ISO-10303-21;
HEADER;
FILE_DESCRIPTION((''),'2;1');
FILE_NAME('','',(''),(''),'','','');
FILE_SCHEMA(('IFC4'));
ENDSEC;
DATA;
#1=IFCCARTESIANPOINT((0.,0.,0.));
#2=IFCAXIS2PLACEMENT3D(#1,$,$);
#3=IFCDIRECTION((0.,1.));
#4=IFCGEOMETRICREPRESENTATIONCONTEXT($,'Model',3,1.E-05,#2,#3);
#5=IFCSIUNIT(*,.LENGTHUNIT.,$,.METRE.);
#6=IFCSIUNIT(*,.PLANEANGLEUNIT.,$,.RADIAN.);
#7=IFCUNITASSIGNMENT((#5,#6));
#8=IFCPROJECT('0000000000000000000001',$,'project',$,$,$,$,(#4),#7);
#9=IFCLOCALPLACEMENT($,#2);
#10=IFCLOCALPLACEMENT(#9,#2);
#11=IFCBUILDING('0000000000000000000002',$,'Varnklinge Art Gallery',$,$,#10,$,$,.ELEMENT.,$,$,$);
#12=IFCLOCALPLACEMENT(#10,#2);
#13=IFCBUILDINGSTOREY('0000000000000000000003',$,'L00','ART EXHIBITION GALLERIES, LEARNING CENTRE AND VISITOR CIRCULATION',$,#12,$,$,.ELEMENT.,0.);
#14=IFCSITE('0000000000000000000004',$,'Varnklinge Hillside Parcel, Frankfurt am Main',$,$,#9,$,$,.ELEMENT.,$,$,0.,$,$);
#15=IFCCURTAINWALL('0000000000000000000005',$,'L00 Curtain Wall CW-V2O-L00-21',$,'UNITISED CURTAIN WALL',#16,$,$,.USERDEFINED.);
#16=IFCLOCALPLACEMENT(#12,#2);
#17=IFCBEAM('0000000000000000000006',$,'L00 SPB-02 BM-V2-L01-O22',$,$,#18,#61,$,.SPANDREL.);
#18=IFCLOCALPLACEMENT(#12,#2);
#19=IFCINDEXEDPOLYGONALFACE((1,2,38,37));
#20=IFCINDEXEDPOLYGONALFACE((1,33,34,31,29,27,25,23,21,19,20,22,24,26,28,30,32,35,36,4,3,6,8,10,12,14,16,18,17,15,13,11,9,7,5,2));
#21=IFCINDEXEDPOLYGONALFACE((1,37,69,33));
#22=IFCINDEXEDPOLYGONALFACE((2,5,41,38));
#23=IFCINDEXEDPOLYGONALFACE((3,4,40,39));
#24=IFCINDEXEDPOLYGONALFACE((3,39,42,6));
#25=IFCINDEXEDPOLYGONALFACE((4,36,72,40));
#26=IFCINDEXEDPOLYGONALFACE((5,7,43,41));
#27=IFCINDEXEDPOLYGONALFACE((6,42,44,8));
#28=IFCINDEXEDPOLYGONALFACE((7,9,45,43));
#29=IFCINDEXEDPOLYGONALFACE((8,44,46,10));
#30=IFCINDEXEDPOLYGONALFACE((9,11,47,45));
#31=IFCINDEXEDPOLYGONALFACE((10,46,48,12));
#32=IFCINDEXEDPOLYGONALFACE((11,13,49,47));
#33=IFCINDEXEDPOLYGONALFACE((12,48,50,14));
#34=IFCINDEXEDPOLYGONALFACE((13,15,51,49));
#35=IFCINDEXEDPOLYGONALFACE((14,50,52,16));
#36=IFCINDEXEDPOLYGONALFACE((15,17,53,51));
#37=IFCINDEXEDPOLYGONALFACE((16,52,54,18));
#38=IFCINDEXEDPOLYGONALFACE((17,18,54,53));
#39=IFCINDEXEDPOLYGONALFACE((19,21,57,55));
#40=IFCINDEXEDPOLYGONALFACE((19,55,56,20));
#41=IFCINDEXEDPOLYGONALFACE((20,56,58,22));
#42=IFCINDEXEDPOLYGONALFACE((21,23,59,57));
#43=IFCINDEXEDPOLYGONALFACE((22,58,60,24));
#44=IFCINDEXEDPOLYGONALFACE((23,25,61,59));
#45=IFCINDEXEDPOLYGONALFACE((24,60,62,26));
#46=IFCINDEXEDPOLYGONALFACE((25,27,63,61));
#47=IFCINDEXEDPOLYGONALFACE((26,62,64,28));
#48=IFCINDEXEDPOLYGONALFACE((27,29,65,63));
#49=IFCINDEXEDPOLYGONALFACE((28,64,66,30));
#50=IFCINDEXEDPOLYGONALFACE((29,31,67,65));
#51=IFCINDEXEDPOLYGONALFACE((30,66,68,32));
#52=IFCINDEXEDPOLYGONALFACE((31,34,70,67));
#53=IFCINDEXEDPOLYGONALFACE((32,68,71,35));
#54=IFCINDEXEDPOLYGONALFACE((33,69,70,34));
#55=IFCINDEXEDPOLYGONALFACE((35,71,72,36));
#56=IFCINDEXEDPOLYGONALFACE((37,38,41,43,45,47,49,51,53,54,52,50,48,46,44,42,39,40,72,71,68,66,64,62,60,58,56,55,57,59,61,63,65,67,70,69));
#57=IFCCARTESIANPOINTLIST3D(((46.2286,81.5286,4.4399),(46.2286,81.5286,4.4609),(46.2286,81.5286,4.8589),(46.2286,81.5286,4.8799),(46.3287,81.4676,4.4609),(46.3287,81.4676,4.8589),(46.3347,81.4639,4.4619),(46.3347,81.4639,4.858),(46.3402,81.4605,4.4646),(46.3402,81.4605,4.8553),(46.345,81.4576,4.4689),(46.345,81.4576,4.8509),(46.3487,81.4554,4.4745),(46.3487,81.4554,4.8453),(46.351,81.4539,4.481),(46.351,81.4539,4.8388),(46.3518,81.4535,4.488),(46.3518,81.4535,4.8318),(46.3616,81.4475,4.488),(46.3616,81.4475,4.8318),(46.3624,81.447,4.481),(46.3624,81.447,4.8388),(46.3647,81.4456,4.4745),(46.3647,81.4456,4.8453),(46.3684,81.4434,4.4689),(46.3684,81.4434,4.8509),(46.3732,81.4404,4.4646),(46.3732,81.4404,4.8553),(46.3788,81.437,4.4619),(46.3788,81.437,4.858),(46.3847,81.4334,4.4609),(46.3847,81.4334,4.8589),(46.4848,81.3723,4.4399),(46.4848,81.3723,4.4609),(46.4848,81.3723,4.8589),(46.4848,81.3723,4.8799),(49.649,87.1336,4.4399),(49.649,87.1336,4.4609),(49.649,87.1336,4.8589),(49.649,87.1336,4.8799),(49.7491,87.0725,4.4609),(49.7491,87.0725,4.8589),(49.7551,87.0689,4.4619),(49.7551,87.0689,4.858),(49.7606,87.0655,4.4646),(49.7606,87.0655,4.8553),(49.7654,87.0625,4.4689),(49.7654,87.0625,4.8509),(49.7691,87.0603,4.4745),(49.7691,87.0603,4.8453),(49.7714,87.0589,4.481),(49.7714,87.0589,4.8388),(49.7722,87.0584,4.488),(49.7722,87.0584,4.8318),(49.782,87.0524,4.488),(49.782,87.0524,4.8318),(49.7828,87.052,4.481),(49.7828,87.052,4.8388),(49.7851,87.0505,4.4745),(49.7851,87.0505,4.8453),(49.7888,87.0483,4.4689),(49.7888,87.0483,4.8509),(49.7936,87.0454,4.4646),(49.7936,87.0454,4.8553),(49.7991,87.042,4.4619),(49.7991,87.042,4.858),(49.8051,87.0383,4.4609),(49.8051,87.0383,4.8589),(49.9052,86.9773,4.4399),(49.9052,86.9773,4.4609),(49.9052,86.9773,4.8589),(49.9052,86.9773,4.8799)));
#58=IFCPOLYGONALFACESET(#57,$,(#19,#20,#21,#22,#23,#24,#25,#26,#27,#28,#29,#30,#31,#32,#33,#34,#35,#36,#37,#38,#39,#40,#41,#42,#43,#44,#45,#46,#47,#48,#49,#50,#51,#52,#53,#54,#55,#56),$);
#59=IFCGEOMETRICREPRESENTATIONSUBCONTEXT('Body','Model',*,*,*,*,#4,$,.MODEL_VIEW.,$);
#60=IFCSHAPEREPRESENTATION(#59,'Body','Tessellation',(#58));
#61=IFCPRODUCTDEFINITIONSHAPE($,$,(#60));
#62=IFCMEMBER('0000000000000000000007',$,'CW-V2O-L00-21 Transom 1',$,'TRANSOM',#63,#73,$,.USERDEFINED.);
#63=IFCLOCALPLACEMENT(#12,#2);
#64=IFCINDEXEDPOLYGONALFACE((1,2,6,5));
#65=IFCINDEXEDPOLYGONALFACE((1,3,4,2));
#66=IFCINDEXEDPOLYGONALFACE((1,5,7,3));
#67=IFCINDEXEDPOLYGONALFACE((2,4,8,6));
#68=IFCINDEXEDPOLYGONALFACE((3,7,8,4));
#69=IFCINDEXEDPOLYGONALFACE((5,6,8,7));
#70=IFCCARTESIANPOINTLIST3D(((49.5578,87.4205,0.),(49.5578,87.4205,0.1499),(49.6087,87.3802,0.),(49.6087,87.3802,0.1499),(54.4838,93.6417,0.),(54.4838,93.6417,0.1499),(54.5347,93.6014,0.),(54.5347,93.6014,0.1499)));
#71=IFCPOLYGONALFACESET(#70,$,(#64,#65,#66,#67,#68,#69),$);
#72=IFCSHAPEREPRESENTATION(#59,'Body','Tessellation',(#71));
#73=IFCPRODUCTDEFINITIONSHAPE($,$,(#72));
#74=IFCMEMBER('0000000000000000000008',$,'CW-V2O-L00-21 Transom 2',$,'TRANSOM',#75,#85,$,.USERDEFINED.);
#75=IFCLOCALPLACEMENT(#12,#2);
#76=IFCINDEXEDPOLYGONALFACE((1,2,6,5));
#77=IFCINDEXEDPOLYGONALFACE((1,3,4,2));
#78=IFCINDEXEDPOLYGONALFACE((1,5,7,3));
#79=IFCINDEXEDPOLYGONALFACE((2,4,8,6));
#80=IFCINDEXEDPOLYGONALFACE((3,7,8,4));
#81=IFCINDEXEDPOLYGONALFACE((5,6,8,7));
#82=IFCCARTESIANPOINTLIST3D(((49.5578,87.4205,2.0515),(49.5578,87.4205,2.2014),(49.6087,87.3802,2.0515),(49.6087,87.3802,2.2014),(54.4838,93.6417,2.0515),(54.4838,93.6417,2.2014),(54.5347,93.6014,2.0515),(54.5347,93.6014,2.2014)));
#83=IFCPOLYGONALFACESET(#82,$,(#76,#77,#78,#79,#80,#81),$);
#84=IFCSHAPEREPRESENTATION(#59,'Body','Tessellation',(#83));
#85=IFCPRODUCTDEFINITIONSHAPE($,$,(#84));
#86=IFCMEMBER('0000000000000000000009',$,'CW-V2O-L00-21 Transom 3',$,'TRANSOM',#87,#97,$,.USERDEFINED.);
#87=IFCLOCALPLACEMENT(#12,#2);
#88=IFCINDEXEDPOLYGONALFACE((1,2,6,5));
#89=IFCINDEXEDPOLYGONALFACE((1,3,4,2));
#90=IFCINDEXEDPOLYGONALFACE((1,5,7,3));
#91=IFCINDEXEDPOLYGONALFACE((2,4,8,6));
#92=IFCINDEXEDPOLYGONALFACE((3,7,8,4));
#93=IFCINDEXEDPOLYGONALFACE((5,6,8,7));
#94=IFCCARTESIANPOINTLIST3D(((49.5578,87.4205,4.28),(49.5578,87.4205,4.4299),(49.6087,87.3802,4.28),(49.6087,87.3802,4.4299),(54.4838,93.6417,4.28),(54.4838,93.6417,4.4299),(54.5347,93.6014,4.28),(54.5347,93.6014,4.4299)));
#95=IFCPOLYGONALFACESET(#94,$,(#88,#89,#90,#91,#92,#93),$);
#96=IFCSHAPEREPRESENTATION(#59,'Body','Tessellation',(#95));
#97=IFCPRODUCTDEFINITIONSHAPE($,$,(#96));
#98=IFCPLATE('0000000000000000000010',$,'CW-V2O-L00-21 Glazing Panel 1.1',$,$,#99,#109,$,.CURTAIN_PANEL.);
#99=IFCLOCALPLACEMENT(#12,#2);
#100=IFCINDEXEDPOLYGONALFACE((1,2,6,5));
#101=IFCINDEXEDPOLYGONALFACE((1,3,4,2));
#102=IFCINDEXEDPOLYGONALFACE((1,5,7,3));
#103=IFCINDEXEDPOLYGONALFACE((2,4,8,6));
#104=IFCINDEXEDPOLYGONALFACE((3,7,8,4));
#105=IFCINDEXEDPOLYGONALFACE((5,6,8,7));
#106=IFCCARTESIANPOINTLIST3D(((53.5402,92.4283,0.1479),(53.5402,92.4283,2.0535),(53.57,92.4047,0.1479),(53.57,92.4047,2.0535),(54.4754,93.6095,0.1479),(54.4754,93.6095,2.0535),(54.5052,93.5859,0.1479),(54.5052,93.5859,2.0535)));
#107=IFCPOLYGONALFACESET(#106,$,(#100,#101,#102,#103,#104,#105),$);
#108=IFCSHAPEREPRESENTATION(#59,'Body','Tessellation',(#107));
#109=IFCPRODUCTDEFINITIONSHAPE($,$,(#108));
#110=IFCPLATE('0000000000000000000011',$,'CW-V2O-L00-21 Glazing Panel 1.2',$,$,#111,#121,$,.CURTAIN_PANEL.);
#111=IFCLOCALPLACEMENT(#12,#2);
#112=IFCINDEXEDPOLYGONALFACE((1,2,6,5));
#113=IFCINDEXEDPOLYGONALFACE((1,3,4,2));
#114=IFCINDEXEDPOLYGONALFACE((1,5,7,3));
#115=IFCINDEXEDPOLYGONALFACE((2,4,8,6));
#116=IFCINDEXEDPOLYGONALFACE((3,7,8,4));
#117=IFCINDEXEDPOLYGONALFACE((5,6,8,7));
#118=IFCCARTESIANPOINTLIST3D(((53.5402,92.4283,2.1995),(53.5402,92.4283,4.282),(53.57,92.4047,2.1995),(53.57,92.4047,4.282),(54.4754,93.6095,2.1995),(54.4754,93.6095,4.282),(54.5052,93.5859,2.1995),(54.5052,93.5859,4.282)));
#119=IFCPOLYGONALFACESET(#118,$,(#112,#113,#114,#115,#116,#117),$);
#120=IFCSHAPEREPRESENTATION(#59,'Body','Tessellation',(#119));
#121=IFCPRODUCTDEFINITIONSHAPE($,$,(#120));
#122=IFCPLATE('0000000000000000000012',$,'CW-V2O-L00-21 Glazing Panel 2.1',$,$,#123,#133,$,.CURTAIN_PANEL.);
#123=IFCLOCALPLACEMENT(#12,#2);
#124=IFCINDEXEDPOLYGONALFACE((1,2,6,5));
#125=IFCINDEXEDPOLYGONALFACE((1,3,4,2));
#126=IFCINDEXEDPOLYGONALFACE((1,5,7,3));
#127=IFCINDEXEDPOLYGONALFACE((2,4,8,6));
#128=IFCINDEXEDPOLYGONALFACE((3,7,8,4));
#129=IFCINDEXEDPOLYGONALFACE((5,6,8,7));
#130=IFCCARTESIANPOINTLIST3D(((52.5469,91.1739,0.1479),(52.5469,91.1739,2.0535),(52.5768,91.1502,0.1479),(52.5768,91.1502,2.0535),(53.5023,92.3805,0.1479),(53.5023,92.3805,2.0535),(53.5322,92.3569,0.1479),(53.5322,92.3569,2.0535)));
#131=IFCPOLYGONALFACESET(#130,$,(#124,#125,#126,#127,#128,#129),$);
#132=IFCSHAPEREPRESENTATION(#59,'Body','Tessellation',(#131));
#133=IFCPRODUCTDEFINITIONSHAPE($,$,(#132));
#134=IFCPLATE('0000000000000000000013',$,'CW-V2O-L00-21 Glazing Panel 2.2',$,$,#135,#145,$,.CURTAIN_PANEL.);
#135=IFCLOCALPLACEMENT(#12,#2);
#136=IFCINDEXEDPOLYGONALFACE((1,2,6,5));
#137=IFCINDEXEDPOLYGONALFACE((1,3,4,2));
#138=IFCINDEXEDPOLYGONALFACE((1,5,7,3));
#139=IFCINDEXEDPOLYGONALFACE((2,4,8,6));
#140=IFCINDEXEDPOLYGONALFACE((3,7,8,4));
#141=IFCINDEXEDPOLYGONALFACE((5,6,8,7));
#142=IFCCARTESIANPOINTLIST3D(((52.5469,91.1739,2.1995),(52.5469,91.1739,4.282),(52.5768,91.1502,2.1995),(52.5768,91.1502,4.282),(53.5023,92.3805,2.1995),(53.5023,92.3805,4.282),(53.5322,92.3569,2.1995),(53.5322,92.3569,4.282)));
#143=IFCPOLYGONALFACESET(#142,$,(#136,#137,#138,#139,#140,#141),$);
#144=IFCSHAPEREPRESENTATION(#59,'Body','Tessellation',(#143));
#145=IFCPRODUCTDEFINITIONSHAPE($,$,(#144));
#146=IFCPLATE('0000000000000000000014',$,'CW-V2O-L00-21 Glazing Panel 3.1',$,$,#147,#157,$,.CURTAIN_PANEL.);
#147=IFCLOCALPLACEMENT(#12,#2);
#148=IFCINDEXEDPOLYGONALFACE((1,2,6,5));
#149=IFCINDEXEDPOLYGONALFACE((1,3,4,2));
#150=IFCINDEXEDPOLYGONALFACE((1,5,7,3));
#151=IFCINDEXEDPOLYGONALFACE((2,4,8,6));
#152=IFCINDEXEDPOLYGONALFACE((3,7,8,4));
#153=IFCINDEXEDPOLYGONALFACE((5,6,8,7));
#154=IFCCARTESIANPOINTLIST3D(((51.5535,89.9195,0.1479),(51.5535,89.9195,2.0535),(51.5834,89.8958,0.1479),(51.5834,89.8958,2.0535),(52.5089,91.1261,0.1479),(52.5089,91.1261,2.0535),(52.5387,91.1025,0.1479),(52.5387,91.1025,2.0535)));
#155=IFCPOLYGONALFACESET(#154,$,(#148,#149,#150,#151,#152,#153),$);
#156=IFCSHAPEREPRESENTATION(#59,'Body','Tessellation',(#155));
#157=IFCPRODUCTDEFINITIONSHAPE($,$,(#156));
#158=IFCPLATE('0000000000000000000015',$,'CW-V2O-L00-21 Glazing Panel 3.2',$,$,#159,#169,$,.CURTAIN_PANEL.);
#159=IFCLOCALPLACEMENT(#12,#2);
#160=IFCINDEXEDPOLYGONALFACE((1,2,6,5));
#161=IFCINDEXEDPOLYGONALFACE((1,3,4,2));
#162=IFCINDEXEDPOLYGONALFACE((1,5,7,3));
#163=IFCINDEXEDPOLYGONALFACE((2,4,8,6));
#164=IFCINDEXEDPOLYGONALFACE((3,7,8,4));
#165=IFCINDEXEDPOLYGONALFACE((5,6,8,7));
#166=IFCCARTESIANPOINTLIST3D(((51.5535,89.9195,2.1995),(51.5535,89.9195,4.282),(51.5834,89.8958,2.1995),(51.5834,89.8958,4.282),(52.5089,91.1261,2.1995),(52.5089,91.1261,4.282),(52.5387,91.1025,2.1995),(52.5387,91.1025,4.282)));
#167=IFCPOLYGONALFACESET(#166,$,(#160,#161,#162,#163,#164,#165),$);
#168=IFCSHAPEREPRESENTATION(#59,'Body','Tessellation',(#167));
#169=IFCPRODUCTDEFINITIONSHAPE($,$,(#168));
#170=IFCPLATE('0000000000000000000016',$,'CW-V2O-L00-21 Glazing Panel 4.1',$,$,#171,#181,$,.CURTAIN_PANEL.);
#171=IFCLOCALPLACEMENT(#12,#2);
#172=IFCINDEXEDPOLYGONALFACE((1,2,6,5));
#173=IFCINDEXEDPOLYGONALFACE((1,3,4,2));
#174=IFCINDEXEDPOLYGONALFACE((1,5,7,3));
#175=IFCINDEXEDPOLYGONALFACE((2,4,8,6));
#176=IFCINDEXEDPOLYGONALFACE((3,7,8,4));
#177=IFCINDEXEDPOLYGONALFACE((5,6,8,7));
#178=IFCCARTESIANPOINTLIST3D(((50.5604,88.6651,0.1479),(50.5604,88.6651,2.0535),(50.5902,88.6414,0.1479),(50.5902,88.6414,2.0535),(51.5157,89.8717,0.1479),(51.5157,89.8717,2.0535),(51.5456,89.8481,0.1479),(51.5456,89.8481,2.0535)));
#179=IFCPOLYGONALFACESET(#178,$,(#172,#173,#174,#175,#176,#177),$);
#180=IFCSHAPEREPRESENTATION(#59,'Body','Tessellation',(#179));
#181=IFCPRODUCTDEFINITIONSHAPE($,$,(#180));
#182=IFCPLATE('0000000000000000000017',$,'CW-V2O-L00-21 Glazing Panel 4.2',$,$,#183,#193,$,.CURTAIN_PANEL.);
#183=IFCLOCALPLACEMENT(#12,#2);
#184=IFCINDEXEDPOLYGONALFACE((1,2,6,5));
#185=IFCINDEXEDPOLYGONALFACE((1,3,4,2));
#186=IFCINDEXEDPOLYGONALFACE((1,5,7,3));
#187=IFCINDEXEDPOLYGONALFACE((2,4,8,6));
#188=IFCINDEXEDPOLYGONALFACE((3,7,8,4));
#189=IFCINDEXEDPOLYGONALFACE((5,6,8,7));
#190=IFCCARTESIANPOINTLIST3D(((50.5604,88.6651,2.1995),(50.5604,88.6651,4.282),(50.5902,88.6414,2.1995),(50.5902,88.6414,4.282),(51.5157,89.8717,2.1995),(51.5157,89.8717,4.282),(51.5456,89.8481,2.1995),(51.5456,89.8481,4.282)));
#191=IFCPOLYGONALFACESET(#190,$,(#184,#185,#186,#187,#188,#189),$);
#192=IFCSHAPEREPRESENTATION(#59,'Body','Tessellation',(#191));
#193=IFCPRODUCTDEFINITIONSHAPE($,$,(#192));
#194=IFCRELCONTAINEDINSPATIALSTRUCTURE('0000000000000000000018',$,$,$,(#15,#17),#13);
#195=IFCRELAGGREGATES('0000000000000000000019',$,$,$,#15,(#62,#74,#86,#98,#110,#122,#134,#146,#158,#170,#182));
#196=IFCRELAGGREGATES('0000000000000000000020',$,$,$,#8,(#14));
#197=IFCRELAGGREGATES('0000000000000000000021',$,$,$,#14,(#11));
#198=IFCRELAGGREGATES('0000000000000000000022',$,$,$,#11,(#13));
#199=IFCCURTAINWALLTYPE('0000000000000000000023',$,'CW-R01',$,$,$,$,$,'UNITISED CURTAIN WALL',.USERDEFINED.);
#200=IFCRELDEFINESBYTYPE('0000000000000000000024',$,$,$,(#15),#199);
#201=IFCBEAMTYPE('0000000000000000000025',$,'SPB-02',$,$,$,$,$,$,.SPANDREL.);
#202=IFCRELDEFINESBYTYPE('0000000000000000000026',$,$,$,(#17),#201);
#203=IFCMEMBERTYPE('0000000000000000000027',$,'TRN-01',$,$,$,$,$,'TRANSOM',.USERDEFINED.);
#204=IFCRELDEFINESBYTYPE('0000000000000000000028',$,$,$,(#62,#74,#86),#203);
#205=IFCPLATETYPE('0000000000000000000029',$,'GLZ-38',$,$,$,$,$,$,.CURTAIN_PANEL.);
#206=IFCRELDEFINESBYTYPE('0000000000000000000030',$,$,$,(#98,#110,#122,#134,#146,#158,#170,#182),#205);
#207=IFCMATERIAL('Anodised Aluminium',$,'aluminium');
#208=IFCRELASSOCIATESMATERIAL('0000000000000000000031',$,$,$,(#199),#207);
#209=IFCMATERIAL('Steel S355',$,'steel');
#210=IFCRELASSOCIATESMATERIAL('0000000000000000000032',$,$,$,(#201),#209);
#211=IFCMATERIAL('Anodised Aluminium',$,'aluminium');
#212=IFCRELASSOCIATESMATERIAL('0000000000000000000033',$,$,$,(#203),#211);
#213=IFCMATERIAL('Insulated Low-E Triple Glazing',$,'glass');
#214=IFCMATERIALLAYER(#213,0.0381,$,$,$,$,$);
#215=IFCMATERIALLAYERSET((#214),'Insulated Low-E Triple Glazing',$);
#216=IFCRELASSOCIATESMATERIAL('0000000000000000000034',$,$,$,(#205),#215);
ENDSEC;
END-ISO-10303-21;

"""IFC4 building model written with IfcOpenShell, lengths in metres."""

from ifc_helpers import new_model, si_unit, direction, frame, origin, origin_2d, place, context, subcontext, project, spatial, rectangle, i_section, extrude, material, layer, layer_set, material_profile, profile_set, type_object, element, aggregate, save


model = new_model("IFC4")

# Units and contexts
model_context = context("Model", 3, precision=1e-05, world=origin(), true_north=direction((0.0, 1.0)))
body_context = subcontext(model_context, "Body", "Model", "MODEL_VIEW")
ifc_project = project(units=[si_unit("LENGTHUNIT", "METRE"), si_unit("PLANEANGLEUNIT", "RADIAN")], contexts=[model_context])

# Site, building, storey
site_placement = place(None, origin())
site = spatial("IfcSite", under=ifc_project, at=site_placement, Name="Varnklinge Hillside Parcel, Frankfurt am Main", CompositionType="ELEMENT", RefElevation=0.0)
building_placement = place(site_placement, origin())
building = spatial("IfcBuilding", under=site, at=building_placement, Name="Varnklinge Art Gallery", CompositionType="ELEMENT")
storey_placement = place(building_placement, origin())
storey = spatial("IfcBuildingStorey", under=building, at=storey_placement, Name="L00", Description="ART EXHIBITION GALLERIES, LEARNING CENTRE AND VISITOR CIRCULATION", CompositionType="ELEMENT", Elevation=0.0)

# Curtain wall
ifc_material_1 = material(Name="Anodised Aluminium", Category="aluminium")
curtain_wall_type = type_object("IfcCurtainWallType", Name="CW-R01", ElementType="UNITISED CURTAIN WALL", PredefinedType="USERDEFINED", material=ifc_material_1)
curtain_wall_placement = place(storey_placement, origin())
curtain_wall = element("IfcCurtainWall", 1, at=curtain_wall_placement, inside=storey, type_object=curtain_wall_type, Name="L00 Curtain Wall CW-V2O-L00-21", ObjectType="UNITISED CURTAIN WALL", PredefinedType="USERDEFINED")

# Beam
ifc_material_2 = material(Name="Steel S355", Category="steel")
ifc_material_profile_1 = material_profile(ifc_material_2, i_section(OverallWidth=0.3, OverallDepth=0.4399, WebThickness=0.0115, FlangeThickness=0.021, FilletRadius=0.0271, at=origin_2d()), Name="HEA 450")
ifc_profile_set_1 = profile_set([ifc_material_profile_1], Name="Steel S355")
beam_type_1 = type_object("IfcBeamType", Name="SPB-02", PredefinedType="SPANDREL", material=ifc_profile_set_1)
beam_1_placement = place(storey_placement, frame((49.7771, 87.0554, 4.6599), z_axis=(-0.520911, -0.853611, 0.0), x_axis=(0.853611, -0.520911, 0.0)))
element("IfcBeam", 2, at=beam_1_placement, inside=storey, type_object=beam_type_1, Name="L00 SPB-02 BM-V2-L01-O22", PredefinedType="SPANDREL", context=body_context, shape_type="SweptSolid", body=[
    extrude(i_section(OverallWidth=0.3, OverallDepth=0.4399, WebThickness=0.0115, FlangeThickness=0.021, FilletRadius=0.0271, at=origin_2d()), origin(), (0.0, 0.0, 1.0), 6.5662),
])

# Members
ifc_material_3 = material(Name="Anodised Aluminium", Category="aluminium")
ifc_material_profile_2 = material_profile(ifc_material_3, rectangle(XDim=0.0649, YDim=0.1499, at=origin_2d()), Name="ALU 65x150")
ifc_profile_set_2 = profile_set([ifc_material_profile_2], Name="Anodised Aluminium")
member_type_1 = type_object("IfcMemberType", Name="TRN-01", ElementType="TRANSOM", PredefinedType="USERDEFINED", material=ifc_profile_set_2)
member_1_placement = place(storey_placement, frame((54.5093, 93.6216, 0.075), z_axis=(-0.620774, -0.78399, 0.0), x_axis=(0.78399, -0.620774, 0.0)))
member_1 = element("IfcMember", 3, at=member_1_placement, type_object=member_type_1, Name="CW-V2O-L00-21 Transom 1", ObjectType="TRANSOM", PredefinedType="USERDEFINED", context=body_context, shape_type="SweptSolid", body=[
    extrude(rectangle(XDim=0.0649, YDim=0.1499, at=origin_2d()), origin(), (0.0, 0.0, 1.0), 7.9353),
])
member_2_placement = place(storey_placement, frame((54.5093, 93.6216, 2.1265), z_axis=(-0.620774, -0.78399, 0.0), x_axis=(0.78399, -0.620774, 0.0)))
member_2 = element("IfcMember", 4, at=member_2_placement, type_object=member_type_1, Name="CW-V2O-L00-21 Transom 2", ObjectType="TRANSOM", PredefinedType="USERDEFINED", context=body_context, shape_type="SweptSolid", body=[
    extrude(rectangle(XDim=0.0649, YDim=0.1499, at=origin_2d()), origin(), (0.0, 0.0, 1.0), 7.9353),
])
member_3_placement = place(storey_placement, frame((54.5093, 93.6216, 4.355), z_axis=(-0.620774, -0.78399, 0.0), x_axis=(0.78399, -0.620774, 0.0)))
member_3 = element("IfcMember", 5, at=member_3_placement, type_object=member_type_1, Name="CW-V2O-L00-21 Transom 3", ObjectType="TRANSOM", PredefinedType="USERDEFINED", context=body_context, shape_type="SweptSolid", body=[
    extrude(rectangle(XDim=0.0649, YDim=0.1499, at=origin_2d()), origin(), (0.0, 0.0, 1.0), 7.9353),
])

# Plates
ifc_material_4 = material(Name="Insulated Low-E Triple Glazing", Category="glass")
ifc_layer = layer(ifc_material_4, 0.0381)
ifc_layer_set = layer_set([ifc_layer], Name="Insulated Low-E Triple Glazing")
plate_type = type_object("IfcPlateType", Name="GLZ-38", PredefinedType="CURTAIN_PANEL", material=ifc_layer_set)
plate_1_placement = place(storey_placement, frame((54.0227, 93.0071, 0.1479), z_axis=(0.0, 0.0, 1.0), x_axis=(-0.620737, -0.784019, 0.0)))
plate_1 = element("IfcPlate", 6, at=plate_1_placement, type_object=plate_type, Name="CW-V2O-L00-21 Glazing Panel 1.1", PredefinedType="CURTAIN_PANEL", context=body_context, shape_type="SweptSolid", body=[
    extrude(rectangle(XDim=1.5066, YDim=0.0381, at=origin_2d()), origin(), (0.0, 0.0, 1.0), 1.9055),
])
plate_2_placement = place(storey_placement, frame((54.0227, 93.0071, 2.1995), z_axis=(0.0, 0.0, 1.0), x_axis=(-0.620737, -0.784019, 0.0)))
plate_2 = element("IfcPlate", 7, at=plate_2_placement, type_object=plate_type, Name="CW-V2O-L00-21 Glazing Panel 1.2", PredefinedType="CURTAIN_PANEL", context=body_context, shape_type="SweptSolid", body=[
    extrude(rectangle(XDim=1.5066, YDim=0.0381, at=origin_2d()), origin(), (0.0, 0.0, 1.0), 2.0825),
])
plate_3_placement = place(storey_placement, frame((53.0396, 91.7654, 0.1479), z_axis=(0.0, 0.0, 1.0), x_axis=(-0.620737, -0.784019, 0.0)))
plate_3 = element("IfcPlate", 8, at=plate_3_placement, type_object=plate_type, Name="CW-V2O-L00-21 Glazing Panel 2.1", PredefinedType="CURTAIN_PANEL", context=body_context, shape_type="SweptSolid", body=[
    extrude(rectangle(XDim=1.5391, YDim=0.0381, at=origin_2d()), origin(), (0.0, 0.0, 1.0), 1.9055),
])
plate_4_placement = place(storey_placement, frame((53.0396, 91.7654, 2.1995), z_axis=(0.0, 0.0, 1.0), x_axis=(-0.620737, -0.784019, 0.0)))
plate_4 = element("IfcPlate", 9, at=plate_4_placement, type_object=plate_type, Name="CW-V2O-L00-21 Glazing Panel 2.2", PredefinedType="CURTAIN_PANEL", context=body_context, shape_type="SweptSolid", body=[
    extrude(rectangle(XDim=1.5391, YDim=0.0381, at=origin_2d()), origin(), (0.0, 0.0, 1.0), 2.0825),
])
plate_5_placement = place(storey_placement, frame((52.0461, 90.511, 0.1479), z_axis=(0.0, 0.0, 1.0), x_axis=(-0.620737, -0.784019, 0.0)))
plate_5 = element("IfcPlate", 10, at=plate_5_placement, type_object=plate_type, Name="CW-V2O-L00-21 Glazing Panel 3.1", PredefinedType="CURTAIN_PANEL", context=body_context, shape_type="SweptSolid", body=[
    extrude(rectangle(XDim=1.5391, YDim=0.0381, at=origin_2d()), origin(), (0.0, 0.0, 1.0), 1.9055),
])
plate_6_placement = place(storey_placement, frame((52.0461, 90.511, 2.1995), z_axis=(0.0, 0.0, 1.0), x_axis=(-0.620737, -0.784019, 0.0)))
plate_6 = element("IfcPlate", 11, at=plate_6_placement, type_object=plate_type, Name="CW-V2O-L00-21 Glazing Panel 3.2", PredefinedType="CURTAIN_PANEL", context=body_context, shape_type="SweptSolid", body=[
    extrude(rectangle(XDim=1.5391, YDim=0.0381, at=origin_2d()), origin(), (0.0, 0.0, 1.0), 2.0825),
])
plate_7_placement = place(storey_placement, frame((51.053, 89.2566, 0.1479), z_axis=(0.0, 0.0, 1.0), x_axis=(-0.620737, -0.784019, 0.0)))
plate_7 = element("IfcPlate", 12, at=plate_7_placement, type_object=plate_type, Name="CW-V2O-L00-21 Glazing Panel 4.1", PredefinedType="CURTAIN_PANEL", context=body_context, shape_type="SweptSolid", body=[
    extrude(rectangle(XDim=1.5391, YDim=0.0381, at=origin_2d()), origin(), (0.0, 0.0, 1.0), 1.9055),
])
plate_8_placement = place(storey_placement, frame((51.053, 89.2566, 2.1995), z_axis=(0.0, 0.0, 1.0), x_axis=(-0.620737, -0.784019, 0.0)))
plate_8 = element("IfcPlate", 13, at=plate_8_placement, type_object=plate_type, Name="CW-V2O-L00-21 Glazing Panel 4.2", PredefinedType="CURTAIN_PANEL", context=body_context, shape_type="SweptSolid", body=[
    extrude(rectangle(XDim=1.5391, YDim=0.0381, at=origin_2d()), origin(), (0.0, 0.0, 1.0), 2.0825),
])
aggregate(curtain_wall, [member_1, member_2, member_3, plate_1, plate_2, plate_3, plate_4, plate_5, plate_6, plate_7, plate_8])

save(model, "model.ifc")
